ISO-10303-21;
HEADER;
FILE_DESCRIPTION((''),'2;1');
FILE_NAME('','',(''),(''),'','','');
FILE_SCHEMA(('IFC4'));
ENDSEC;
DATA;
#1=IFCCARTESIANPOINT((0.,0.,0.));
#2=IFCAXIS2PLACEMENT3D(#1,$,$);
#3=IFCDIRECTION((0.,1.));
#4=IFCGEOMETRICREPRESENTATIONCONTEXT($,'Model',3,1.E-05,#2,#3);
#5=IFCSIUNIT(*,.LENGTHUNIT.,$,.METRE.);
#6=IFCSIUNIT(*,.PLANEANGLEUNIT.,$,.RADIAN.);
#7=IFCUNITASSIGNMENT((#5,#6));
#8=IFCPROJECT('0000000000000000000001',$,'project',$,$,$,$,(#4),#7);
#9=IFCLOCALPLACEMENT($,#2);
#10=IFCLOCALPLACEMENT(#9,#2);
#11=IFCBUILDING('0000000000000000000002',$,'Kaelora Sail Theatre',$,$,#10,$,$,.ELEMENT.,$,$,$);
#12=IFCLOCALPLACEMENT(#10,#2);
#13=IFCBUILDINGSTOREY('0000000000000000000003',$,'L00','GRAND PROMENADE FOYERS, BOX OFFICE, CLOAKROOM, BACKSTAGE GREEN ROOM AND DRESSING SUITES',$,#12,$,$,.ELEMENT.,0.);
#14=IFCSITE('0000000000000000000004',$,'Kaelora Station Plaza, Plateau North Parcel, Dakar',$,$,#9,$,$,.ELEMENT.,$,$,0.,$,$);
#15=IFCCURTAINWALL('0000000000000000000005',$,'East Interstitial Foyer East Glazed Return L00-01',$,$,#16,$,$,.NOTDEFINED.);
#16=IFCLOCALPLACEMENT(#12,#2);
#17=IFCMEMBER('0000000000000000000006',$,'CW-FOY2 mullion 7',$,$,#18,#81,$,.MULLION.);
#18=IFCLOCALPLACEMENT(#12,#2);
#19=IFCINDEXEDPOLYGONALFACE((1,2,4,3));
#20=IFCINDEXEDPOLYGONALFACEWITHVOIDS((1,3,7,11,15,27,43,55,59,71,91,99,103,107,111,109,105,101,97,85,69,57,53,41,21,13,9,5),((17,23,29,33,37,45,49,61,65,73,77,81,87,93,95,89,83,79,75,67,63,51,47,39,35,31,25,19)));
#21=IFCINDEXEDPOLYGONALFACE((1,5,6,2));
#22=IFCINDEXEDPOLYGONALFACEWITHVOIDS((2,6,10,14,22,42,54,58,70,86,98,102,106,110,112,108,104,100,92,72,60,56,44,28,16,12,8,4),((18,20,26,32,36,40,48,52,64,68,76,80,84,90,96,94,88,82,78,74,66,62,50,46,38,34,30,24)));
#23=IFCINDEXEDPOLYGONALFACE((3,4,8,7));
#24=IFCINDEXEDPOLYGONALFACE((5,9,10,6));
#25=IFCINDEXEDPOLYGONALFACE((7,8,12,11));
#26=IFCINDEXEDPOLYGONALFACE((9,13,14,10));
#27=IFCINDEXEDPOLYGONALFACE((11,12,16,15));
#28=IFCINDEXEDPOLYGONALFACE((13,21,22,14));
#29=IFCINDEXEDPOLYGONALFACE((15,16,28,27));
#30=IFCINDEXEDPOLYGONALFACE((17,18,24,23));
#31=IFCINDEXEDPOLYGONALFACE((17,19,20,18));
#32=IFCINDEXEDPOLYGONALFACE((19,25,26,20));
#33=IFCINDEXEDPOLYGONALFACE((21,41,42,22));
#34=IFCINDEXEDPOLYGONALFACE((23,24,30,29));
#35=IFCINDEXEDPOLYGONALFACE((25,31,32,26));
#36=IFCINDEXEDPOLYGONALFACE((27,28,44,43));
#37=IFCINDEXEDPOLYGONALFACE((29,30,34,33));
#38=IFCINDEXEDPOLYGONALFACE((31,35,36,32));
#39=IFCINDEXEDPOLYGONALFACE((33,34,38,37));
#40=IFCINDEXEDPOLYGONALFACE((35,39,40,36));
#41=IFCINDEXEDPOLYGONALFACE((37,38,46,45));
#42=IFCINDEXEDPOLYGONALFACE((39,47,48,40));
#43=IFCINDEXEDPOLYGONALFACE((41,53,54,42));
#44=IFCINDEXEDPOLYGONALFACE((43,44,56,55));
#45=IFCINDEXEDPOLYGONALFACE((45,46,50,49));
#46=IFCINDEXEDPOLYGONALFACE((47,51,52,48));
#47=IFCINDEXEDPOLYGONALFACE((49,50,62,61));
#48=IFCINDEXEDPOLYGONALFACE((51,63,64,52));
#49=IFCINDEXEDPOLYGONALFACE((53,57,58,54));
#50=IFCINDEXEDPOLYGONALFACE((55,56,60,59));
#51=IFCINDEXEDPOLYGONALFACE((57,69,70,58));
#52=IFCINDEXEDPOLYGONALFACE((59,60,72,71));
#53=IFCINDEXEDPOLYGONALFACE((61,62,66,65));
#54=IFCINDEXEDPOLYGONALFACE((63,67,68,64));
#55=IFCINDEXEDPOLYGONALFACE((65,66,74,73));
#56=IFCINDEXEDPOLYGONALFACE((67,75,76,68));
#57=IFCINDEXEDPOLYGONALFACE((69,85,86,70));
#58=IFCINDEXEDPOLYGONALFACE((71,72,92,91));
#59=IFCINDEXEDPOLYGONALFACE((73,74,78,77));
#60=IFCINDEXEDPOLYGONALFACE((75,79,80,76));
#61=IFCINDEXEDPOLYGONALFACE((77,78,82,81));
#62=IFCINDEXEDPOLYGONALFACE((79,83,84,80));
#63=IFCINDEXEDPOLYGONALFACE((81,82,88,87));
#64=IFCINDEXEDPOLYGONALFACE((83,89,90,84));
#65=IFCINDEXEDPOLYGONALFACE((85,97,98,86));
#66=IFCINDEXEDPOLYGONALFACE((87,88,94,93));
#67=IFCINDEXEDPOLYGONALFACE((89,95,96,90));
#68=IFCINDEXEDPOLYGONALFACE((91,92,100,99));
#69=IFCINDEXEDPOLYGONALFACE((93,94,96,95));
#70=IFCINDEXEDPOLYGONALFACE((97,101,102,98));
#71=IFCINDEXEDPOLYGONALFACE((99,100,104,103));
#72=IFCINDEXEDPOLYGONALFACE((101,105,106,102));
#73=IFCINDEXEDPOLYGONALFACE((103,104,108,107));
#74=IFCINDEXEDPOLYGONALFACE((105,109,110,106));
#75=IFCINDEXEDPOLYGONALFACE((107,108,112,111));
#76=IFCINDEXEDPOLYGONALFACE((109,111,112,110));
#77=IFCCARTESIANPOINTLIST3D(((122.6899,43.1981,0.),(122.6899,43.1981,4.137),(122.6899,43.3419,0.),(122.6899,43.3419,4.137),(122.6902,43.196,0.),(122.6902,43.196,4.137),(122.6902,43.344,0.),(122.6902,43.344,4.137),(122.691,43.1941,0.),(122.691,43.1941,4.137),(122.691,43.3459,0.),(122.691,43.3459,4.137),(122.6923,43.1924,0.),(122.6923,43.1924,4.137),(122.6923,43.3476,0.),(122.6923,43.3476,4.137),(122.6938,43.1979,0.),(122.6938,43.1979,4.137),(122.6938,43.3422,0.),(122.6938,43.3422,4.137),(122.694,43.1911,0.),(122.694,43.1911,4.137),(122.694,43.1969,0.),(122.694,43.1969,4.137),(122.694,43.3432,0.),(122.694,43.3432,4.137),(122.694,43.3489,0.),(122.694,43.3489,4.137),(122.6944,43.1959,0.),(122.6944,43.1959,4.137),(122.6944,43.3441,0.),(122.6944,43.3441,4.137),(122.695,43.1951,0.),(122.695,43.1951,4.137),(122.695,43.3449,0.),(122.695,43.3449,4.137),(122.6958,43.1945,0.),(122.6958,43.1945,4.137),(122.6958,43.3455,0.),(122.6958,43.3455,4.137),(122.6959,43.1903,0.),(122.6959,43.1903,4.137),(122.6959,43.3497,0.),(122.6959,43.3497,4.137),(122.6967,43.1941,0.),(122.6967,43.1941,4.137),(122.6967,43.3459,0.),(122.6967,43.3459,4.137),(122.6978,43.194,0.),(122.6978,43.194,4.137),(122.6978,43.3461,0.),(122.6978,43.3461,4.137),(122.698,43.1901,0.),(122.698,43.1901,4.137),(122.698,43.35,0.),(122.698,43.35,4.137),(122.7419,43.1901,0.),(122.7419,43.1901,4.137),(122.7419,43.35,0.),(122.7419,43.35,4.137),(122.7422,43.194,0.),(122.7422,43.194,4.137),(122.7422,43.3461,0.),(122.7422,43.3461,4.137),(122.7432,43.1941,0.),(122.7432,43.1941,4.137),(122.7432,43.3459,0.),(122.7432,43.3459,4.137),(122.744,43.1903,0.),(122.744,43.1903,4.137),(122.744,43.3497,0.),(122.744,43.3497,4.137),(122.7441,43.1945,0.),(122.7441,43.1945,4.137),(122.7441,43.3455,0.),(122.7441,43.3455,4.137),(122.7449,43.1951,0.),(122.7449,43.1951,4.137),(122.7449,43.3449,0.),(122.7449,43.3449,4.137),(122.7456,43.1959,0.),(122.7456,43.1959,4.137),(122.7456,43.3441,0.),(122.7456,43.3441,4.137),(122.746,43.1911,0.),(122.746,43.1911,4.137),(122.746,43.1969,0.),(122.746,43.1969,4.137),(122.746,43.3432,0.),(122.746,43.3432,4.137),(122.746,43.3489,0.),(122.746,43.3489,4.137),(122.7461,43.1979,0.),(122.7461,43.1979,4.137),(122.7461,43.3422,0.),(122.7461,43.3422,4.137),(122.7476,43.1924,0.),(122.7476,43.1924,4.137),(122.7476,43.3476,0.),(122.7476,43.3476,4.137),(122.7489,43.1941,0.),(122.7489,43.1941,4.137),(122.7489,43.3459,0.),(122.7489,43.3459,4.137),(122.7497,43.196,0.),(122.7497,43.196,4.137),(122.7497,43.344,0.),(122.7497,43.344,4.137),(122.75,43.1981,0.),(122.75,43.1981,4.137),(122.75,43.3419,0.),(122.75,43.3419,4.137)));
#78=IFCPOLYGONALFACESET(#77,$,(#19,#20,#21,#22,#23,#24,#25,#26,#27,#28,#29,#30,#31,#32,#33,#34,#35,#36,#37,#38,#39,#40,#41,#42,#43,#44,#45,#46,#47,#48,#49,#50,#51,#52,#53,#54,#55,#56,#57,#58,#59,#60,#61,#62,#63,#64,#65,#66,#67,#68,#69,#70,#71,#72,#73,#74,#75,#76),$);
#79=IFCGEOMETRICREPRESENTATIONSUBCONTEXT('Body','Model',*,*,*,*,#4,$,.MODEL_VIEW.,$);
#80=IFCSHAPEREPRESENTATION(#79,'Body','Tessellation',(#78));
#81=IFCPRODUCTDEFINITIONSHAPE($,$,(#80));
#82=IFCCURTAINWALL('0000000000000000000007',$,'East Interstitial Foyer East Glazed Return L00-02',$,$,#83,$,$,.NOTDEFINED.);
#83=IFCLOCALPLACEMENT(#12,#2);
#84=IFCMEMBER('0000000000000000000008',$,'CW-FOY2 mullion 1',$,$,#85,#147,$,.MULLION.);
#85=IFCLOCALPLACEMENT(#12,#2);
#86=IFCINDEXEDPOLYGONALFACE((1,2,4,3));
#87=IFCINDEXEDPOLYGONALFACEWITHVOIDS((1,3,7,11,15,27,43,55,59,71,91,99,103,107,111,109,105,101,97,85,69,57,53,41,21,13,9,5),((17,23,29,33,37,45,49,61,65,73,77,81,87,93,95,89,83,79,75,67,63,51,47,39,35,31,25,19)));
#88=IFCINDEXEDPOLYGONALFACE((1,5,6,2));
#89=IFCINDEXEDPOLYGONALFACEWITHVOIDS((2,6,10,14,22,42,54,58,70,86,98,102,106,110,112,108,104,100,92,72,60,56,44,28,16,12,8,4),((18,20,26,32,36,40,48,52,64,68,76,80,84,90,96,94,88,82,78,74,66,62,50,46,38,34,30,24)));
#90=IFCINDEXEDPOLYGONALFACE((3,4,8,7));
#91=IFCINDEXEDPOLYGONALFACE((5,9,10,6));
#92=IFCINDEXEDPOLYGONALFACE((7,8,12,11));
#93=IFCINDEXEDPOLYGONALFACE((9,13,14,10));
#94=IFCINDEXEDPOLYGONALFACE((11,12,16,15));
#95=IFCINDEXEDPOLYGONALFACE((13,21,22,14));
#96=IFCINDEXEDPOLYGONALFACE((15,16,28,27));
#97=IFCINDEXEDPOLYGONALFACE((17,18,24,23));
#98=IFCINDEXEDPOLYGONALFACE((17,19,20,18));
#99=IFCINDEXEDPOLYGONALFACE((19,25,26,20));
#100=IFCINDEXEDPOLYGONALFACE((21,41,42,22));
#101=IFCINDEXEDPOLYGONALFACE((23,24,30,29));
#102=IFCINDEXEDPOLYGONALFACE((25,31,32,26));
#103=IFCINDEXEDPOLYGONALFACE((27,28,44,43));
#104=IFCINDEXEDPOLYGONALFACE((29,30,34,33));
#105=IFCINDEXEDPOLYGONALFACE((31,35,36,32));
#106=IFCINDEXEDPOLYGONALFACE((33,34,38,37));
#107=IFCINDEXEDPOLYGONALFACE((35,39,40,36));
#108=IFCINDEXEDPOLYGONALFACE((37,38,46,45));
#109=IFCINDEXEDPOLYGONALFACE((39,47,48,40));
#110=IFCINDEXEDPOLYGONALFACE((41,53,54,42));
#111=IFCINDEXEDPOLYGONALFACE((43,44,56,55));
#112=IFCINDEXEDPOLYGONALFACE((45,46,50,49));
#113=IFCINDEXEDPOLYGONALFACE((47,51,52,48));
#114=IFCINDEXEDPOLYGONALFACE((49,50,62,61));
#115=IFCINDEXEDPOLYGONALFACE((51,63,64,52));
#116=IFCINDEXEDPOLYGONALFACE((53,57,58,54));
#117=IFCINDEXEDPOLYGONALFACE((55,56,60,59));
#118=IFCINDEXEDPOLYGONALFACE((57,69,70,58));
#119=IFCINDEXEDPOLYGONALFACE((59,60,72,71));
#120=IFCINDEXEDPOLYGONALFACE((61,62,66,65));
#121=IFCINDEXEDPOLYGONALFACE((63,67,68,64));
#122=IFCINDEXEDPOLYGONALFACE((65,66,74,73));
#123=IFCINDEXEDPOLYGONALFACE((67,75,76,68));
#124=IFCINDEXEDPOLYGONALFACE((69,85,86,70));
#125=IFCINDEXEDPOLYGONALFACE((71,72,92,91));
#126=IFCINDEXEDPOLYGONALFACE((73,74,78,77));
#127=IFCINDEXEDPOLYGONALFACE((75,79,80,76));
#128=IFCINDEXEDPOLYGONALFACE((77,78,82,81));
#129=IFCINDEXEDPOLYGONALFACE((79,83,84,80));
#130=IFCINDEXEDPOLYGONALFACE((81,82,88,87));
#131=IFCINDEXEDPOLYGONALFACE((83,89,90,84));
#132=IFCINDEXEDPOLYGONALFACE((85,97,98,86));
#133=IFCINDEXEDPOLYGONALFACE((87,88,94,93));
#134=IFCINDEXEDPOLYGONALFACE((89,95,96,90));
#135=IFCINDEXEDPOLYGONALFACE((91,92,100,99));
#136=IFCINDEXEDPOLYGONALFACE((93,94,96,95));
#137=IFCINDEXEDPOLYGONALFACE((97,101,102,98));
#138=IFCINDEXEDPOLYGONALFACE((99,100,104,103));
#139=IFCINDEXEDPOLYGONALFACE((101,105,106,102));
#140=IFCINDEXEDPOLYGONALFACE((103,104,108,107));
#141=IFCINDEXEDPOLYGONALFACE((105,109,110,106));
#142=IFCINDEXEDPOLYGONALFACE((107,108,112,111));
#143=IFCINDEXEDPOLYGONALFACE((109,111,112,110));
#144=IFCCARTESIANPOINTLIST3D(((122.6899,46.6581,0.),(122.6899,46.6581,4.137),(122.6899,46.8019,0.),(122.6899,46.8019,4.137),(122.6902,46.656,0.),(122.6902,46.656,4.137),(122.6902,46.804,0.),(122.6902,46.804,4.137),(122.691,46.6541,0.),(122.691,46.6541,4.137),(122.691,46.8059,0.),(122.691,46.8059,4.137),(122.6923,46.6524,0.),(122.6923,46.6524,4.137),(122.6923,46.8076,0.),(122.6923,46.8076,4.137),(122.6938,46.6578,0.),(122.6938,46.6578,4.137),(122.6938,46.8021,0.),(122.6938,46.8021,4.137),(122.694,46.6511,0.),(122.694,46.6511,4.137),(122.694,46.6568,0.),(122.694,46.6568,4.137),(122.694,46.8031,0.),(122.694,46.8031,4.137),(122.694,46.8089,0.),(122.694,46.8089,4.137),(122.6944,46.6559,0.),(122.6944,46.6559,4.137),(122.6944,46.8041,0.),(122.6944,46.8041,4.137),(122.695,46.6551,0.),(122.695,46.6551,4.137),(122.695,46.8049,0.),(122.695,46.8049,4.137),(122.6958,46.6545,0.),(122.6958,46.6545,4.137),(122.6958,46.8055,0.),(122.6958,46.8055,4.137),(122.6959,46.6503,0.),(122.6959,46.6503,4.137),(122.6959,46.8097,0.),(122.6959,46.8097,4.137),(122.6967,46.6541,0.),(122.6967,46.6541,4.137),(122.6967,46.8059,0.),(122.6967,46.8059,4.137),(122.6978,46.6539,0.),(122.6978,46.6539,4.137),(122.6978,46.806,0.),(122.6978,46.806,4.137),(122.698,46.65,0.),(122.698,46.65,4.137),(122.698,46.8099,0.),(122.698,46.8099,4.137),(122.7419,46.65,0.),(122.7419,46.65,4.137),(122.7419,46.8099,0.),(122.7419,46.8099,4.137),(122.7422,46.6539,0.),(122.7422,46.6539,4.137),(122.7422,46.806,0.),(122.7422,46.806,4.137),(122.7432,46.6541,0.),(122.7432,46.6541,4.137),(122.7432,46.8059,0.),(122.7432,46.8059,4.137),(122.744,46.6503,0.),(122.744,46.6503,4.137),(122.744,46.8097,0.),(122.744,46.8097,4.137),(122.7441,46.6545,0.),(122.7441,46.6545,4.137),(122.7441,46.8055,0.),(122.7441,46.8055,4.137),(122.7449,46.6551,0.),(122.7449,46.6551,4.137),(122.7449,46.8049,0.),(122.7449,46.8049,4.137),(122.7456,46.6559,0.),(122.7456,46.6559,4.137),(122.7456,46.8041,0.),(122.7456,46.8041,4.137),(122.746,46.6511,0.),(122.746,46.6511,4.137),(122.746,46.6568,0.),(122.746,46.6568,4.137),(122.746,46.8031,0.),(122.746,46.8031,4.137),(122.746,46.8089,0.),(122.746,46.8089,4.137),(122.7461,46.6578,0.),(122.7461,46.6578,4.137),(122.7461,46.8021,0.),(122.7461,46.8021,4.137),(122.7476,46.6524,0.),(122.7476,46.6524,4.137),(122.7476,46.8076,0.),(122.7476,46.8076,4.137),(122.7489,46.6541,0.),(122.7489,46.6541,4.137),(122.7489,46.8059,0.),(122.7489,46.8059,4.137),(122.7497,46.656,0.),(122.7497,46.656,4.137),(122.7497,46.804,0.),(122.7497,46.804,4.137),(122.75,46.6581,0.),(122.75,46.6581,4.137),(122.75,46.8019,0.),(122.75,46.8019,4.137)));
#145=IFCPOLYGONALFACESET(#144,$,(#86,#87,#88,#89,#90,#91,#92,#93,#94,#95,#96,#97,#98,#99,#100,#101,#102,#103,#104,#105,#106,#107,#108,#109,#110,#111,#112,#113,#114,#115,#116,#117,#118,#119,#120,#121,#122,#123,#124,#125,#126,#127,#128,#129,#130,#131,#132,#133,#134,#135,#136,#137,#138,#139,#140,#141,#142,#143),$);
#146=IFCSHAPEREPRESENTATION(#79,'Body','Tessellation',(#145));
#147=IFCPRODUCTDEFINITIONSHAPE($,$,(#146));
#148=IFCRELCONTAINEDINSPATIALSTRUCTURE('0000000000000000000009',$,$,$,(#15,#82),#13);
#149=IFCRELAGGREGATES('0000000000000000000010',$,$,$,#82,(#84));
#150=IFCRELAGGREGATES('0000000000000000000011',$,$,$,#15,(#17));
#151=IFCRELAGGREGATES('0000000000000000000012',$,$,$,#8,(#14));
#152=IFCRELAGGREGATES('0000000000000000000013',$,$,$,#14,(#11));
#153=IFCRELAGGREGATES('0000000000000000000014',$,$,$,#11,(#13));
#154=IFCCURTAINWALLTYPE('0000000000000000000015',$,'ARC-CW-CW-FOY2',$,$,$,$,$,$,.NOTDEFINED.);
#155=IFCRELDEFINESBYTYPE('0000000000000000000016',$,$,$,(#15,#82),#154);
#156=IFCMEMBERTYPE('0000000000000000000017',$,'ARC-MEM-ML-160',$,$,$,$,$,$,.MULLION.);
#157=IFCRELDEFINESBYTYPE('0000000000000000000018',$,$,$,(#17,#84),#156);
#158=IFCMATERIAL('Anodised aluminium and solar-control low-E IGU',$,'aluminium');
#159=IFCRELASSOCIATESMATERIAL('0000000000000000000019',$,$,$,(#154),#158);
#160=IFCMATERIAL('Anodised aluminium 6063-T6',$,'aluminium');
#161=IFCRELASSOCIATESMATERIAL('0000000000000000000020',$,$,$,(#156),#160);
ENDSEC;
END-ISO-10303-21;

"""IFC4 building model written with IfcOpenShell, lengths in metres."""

from ifc_helpers import new_model, si_unit, direction, frame, origin, origin_2d, place, context, subcontext, project, spatial, hollow_rectangle, extrude, material, material_profile, profile_set, type_object, element, aggregate, save


model = new_model("IFC4")

# Units and contexts
model_context = context("Model", 3, precision=1e-05, world=origin(), true_north=direction((0.0, 1.0)))
body_context = subcontext(model_context, "Body", "Model", "MODEL_VIEW")
ifc_project = project(units=[si_unit("LENGTHUNIT", "METRE"), si_unit("PLANEANGLEUNIT", "RADIAN")], contexts=[model_context])

# Site, building, storey
site_placement = place(None, origin())
site = spatial("IfcSite", under=ifc_project, at=site_placement, Name="Kaelora Station Plaza, Plateau North Parcel, Dakar", CompositionType="ELEMENT", RefElevation=0.0)
building_placement = place(site_placement, origin())
building = spatial("IfcBuilding", under=site, at=building_placement, Name="Kaelora Sail Theatre", CompositionType="ELEMENT")
storey_placement = place(building_placement, origin())
storey = spatial("IfcBuildingStorey", under=building, at=storey_placement, Name="L00", Description="GRAND PROMENADE FOYERS, BOX OFFICE, CLOAKROOM, BACKSTAGE GREEN ROOM AND DRESSING SUITES", CompositionType="ELEMENT", Elevation=0.0)

# Curtain walls, members
ifc_material_1 = material(Name="Anodised aluminium and solar-control low-E IGU", Category="aluminium")
curtain_wall_type = type_object("IfcCurtainWallType", Name="ARC-CW-CW-FOY2", PredefinedType="NOTDEFINED", material=ifc_material_1)
curtain_wall_1_placement = place(storey_placement, origin())
curtain_wall_1 = element("IfcCurtainWall", 1, at=curtain_wall_1_placement, inside=storey, type_object=curtain_wall_type, Name="East Interstitial Foyer East Glazed Return L00-01", PredefinedType="NOTDEFINED")
ifc_material_2 = material(Name="Anodised aluminium 6063-T6", Category="aluminium")
ifc_material_profile_1 = material_profile(ifc_material_2, hollow_rectangle(XDim=0.0601, YDim=0.1599, WallThickness=0.0039, InnerFilletRadius=0.0039, OuterFilletRadius=0.0081, at=origin_2d()), Name="ALU-MULL 60x160x4")
ifc_profile_set_1 = profile_set([ifc_material_profile_1], Name="Anodised aluminium 6063-T6")
member_type_1 = type_object("IfcMemberType", Name="ARC-MEM-ML-160", PredefinedType="MULLION", material=ifc_profile_set_1)
member_1_placement = place(storey_placement, frame((122.72, 43.27, 0.0), z_axis=(0.0, 0.0, 1.0), x_axis=(-1.0, 0.0, 0.0)))
member_1 = element("IfcMember", 2, at=member_1_placement, type_object=member_type_1, Name="CW-FOY2 mullion 7", PredefinedType="MULLION", context=body_context, shape_type="SweptSolid", body=[
    extrude(hollow_rectangle(XDim=0.0601, YDim=0.1599, WallThickness=0.0039, InnerFilletRadius=0.0039, OuterFilletRadius=0.0081, at=origin_2d()), origin(), (0.0, 0.0, 1.0), 4.137),
])
curtain_wall_2_placement = place(storey_placement, origin())
curtain_wall_2 = element("IfcCurtainWall", 3, at=curtain_wall_2_placement, inside=storey, type_object=curtain_wall_type, Name="East Interstitial Foyer East Glazed Return L00-02", PredefinedType="NOTDEFINED")
member_2_placement = place(storey_placement, frame((122.72, 46.73, 0.0), z_axis=(0.0, 0.0, 1.0), x_axis=(-1.0, 0.0, 0.0)))
member_2 = element("IfcMember", 4, at=member_2_placement, type_object=member_type_1, Name="CW-FOY2 mullion 1", PredefinedType="MULLION", context=body_context, shape_type="SweptSolid", body=[
    extrude(hollow_rectangle(XDim=0.0601, YDim=0.1599, WallThickness=0.0039, InnerFilletRadius=0.0039, OuterFilletRadius=0.0081, at=origin_2d()), origin(), (0.0, 0.0, 1.0), 4.137),
])

aggregate(curtain_wall_2, [member_2])

aggregate(curtain_wall_1, [member_1])

save(model, "model.ifc")
